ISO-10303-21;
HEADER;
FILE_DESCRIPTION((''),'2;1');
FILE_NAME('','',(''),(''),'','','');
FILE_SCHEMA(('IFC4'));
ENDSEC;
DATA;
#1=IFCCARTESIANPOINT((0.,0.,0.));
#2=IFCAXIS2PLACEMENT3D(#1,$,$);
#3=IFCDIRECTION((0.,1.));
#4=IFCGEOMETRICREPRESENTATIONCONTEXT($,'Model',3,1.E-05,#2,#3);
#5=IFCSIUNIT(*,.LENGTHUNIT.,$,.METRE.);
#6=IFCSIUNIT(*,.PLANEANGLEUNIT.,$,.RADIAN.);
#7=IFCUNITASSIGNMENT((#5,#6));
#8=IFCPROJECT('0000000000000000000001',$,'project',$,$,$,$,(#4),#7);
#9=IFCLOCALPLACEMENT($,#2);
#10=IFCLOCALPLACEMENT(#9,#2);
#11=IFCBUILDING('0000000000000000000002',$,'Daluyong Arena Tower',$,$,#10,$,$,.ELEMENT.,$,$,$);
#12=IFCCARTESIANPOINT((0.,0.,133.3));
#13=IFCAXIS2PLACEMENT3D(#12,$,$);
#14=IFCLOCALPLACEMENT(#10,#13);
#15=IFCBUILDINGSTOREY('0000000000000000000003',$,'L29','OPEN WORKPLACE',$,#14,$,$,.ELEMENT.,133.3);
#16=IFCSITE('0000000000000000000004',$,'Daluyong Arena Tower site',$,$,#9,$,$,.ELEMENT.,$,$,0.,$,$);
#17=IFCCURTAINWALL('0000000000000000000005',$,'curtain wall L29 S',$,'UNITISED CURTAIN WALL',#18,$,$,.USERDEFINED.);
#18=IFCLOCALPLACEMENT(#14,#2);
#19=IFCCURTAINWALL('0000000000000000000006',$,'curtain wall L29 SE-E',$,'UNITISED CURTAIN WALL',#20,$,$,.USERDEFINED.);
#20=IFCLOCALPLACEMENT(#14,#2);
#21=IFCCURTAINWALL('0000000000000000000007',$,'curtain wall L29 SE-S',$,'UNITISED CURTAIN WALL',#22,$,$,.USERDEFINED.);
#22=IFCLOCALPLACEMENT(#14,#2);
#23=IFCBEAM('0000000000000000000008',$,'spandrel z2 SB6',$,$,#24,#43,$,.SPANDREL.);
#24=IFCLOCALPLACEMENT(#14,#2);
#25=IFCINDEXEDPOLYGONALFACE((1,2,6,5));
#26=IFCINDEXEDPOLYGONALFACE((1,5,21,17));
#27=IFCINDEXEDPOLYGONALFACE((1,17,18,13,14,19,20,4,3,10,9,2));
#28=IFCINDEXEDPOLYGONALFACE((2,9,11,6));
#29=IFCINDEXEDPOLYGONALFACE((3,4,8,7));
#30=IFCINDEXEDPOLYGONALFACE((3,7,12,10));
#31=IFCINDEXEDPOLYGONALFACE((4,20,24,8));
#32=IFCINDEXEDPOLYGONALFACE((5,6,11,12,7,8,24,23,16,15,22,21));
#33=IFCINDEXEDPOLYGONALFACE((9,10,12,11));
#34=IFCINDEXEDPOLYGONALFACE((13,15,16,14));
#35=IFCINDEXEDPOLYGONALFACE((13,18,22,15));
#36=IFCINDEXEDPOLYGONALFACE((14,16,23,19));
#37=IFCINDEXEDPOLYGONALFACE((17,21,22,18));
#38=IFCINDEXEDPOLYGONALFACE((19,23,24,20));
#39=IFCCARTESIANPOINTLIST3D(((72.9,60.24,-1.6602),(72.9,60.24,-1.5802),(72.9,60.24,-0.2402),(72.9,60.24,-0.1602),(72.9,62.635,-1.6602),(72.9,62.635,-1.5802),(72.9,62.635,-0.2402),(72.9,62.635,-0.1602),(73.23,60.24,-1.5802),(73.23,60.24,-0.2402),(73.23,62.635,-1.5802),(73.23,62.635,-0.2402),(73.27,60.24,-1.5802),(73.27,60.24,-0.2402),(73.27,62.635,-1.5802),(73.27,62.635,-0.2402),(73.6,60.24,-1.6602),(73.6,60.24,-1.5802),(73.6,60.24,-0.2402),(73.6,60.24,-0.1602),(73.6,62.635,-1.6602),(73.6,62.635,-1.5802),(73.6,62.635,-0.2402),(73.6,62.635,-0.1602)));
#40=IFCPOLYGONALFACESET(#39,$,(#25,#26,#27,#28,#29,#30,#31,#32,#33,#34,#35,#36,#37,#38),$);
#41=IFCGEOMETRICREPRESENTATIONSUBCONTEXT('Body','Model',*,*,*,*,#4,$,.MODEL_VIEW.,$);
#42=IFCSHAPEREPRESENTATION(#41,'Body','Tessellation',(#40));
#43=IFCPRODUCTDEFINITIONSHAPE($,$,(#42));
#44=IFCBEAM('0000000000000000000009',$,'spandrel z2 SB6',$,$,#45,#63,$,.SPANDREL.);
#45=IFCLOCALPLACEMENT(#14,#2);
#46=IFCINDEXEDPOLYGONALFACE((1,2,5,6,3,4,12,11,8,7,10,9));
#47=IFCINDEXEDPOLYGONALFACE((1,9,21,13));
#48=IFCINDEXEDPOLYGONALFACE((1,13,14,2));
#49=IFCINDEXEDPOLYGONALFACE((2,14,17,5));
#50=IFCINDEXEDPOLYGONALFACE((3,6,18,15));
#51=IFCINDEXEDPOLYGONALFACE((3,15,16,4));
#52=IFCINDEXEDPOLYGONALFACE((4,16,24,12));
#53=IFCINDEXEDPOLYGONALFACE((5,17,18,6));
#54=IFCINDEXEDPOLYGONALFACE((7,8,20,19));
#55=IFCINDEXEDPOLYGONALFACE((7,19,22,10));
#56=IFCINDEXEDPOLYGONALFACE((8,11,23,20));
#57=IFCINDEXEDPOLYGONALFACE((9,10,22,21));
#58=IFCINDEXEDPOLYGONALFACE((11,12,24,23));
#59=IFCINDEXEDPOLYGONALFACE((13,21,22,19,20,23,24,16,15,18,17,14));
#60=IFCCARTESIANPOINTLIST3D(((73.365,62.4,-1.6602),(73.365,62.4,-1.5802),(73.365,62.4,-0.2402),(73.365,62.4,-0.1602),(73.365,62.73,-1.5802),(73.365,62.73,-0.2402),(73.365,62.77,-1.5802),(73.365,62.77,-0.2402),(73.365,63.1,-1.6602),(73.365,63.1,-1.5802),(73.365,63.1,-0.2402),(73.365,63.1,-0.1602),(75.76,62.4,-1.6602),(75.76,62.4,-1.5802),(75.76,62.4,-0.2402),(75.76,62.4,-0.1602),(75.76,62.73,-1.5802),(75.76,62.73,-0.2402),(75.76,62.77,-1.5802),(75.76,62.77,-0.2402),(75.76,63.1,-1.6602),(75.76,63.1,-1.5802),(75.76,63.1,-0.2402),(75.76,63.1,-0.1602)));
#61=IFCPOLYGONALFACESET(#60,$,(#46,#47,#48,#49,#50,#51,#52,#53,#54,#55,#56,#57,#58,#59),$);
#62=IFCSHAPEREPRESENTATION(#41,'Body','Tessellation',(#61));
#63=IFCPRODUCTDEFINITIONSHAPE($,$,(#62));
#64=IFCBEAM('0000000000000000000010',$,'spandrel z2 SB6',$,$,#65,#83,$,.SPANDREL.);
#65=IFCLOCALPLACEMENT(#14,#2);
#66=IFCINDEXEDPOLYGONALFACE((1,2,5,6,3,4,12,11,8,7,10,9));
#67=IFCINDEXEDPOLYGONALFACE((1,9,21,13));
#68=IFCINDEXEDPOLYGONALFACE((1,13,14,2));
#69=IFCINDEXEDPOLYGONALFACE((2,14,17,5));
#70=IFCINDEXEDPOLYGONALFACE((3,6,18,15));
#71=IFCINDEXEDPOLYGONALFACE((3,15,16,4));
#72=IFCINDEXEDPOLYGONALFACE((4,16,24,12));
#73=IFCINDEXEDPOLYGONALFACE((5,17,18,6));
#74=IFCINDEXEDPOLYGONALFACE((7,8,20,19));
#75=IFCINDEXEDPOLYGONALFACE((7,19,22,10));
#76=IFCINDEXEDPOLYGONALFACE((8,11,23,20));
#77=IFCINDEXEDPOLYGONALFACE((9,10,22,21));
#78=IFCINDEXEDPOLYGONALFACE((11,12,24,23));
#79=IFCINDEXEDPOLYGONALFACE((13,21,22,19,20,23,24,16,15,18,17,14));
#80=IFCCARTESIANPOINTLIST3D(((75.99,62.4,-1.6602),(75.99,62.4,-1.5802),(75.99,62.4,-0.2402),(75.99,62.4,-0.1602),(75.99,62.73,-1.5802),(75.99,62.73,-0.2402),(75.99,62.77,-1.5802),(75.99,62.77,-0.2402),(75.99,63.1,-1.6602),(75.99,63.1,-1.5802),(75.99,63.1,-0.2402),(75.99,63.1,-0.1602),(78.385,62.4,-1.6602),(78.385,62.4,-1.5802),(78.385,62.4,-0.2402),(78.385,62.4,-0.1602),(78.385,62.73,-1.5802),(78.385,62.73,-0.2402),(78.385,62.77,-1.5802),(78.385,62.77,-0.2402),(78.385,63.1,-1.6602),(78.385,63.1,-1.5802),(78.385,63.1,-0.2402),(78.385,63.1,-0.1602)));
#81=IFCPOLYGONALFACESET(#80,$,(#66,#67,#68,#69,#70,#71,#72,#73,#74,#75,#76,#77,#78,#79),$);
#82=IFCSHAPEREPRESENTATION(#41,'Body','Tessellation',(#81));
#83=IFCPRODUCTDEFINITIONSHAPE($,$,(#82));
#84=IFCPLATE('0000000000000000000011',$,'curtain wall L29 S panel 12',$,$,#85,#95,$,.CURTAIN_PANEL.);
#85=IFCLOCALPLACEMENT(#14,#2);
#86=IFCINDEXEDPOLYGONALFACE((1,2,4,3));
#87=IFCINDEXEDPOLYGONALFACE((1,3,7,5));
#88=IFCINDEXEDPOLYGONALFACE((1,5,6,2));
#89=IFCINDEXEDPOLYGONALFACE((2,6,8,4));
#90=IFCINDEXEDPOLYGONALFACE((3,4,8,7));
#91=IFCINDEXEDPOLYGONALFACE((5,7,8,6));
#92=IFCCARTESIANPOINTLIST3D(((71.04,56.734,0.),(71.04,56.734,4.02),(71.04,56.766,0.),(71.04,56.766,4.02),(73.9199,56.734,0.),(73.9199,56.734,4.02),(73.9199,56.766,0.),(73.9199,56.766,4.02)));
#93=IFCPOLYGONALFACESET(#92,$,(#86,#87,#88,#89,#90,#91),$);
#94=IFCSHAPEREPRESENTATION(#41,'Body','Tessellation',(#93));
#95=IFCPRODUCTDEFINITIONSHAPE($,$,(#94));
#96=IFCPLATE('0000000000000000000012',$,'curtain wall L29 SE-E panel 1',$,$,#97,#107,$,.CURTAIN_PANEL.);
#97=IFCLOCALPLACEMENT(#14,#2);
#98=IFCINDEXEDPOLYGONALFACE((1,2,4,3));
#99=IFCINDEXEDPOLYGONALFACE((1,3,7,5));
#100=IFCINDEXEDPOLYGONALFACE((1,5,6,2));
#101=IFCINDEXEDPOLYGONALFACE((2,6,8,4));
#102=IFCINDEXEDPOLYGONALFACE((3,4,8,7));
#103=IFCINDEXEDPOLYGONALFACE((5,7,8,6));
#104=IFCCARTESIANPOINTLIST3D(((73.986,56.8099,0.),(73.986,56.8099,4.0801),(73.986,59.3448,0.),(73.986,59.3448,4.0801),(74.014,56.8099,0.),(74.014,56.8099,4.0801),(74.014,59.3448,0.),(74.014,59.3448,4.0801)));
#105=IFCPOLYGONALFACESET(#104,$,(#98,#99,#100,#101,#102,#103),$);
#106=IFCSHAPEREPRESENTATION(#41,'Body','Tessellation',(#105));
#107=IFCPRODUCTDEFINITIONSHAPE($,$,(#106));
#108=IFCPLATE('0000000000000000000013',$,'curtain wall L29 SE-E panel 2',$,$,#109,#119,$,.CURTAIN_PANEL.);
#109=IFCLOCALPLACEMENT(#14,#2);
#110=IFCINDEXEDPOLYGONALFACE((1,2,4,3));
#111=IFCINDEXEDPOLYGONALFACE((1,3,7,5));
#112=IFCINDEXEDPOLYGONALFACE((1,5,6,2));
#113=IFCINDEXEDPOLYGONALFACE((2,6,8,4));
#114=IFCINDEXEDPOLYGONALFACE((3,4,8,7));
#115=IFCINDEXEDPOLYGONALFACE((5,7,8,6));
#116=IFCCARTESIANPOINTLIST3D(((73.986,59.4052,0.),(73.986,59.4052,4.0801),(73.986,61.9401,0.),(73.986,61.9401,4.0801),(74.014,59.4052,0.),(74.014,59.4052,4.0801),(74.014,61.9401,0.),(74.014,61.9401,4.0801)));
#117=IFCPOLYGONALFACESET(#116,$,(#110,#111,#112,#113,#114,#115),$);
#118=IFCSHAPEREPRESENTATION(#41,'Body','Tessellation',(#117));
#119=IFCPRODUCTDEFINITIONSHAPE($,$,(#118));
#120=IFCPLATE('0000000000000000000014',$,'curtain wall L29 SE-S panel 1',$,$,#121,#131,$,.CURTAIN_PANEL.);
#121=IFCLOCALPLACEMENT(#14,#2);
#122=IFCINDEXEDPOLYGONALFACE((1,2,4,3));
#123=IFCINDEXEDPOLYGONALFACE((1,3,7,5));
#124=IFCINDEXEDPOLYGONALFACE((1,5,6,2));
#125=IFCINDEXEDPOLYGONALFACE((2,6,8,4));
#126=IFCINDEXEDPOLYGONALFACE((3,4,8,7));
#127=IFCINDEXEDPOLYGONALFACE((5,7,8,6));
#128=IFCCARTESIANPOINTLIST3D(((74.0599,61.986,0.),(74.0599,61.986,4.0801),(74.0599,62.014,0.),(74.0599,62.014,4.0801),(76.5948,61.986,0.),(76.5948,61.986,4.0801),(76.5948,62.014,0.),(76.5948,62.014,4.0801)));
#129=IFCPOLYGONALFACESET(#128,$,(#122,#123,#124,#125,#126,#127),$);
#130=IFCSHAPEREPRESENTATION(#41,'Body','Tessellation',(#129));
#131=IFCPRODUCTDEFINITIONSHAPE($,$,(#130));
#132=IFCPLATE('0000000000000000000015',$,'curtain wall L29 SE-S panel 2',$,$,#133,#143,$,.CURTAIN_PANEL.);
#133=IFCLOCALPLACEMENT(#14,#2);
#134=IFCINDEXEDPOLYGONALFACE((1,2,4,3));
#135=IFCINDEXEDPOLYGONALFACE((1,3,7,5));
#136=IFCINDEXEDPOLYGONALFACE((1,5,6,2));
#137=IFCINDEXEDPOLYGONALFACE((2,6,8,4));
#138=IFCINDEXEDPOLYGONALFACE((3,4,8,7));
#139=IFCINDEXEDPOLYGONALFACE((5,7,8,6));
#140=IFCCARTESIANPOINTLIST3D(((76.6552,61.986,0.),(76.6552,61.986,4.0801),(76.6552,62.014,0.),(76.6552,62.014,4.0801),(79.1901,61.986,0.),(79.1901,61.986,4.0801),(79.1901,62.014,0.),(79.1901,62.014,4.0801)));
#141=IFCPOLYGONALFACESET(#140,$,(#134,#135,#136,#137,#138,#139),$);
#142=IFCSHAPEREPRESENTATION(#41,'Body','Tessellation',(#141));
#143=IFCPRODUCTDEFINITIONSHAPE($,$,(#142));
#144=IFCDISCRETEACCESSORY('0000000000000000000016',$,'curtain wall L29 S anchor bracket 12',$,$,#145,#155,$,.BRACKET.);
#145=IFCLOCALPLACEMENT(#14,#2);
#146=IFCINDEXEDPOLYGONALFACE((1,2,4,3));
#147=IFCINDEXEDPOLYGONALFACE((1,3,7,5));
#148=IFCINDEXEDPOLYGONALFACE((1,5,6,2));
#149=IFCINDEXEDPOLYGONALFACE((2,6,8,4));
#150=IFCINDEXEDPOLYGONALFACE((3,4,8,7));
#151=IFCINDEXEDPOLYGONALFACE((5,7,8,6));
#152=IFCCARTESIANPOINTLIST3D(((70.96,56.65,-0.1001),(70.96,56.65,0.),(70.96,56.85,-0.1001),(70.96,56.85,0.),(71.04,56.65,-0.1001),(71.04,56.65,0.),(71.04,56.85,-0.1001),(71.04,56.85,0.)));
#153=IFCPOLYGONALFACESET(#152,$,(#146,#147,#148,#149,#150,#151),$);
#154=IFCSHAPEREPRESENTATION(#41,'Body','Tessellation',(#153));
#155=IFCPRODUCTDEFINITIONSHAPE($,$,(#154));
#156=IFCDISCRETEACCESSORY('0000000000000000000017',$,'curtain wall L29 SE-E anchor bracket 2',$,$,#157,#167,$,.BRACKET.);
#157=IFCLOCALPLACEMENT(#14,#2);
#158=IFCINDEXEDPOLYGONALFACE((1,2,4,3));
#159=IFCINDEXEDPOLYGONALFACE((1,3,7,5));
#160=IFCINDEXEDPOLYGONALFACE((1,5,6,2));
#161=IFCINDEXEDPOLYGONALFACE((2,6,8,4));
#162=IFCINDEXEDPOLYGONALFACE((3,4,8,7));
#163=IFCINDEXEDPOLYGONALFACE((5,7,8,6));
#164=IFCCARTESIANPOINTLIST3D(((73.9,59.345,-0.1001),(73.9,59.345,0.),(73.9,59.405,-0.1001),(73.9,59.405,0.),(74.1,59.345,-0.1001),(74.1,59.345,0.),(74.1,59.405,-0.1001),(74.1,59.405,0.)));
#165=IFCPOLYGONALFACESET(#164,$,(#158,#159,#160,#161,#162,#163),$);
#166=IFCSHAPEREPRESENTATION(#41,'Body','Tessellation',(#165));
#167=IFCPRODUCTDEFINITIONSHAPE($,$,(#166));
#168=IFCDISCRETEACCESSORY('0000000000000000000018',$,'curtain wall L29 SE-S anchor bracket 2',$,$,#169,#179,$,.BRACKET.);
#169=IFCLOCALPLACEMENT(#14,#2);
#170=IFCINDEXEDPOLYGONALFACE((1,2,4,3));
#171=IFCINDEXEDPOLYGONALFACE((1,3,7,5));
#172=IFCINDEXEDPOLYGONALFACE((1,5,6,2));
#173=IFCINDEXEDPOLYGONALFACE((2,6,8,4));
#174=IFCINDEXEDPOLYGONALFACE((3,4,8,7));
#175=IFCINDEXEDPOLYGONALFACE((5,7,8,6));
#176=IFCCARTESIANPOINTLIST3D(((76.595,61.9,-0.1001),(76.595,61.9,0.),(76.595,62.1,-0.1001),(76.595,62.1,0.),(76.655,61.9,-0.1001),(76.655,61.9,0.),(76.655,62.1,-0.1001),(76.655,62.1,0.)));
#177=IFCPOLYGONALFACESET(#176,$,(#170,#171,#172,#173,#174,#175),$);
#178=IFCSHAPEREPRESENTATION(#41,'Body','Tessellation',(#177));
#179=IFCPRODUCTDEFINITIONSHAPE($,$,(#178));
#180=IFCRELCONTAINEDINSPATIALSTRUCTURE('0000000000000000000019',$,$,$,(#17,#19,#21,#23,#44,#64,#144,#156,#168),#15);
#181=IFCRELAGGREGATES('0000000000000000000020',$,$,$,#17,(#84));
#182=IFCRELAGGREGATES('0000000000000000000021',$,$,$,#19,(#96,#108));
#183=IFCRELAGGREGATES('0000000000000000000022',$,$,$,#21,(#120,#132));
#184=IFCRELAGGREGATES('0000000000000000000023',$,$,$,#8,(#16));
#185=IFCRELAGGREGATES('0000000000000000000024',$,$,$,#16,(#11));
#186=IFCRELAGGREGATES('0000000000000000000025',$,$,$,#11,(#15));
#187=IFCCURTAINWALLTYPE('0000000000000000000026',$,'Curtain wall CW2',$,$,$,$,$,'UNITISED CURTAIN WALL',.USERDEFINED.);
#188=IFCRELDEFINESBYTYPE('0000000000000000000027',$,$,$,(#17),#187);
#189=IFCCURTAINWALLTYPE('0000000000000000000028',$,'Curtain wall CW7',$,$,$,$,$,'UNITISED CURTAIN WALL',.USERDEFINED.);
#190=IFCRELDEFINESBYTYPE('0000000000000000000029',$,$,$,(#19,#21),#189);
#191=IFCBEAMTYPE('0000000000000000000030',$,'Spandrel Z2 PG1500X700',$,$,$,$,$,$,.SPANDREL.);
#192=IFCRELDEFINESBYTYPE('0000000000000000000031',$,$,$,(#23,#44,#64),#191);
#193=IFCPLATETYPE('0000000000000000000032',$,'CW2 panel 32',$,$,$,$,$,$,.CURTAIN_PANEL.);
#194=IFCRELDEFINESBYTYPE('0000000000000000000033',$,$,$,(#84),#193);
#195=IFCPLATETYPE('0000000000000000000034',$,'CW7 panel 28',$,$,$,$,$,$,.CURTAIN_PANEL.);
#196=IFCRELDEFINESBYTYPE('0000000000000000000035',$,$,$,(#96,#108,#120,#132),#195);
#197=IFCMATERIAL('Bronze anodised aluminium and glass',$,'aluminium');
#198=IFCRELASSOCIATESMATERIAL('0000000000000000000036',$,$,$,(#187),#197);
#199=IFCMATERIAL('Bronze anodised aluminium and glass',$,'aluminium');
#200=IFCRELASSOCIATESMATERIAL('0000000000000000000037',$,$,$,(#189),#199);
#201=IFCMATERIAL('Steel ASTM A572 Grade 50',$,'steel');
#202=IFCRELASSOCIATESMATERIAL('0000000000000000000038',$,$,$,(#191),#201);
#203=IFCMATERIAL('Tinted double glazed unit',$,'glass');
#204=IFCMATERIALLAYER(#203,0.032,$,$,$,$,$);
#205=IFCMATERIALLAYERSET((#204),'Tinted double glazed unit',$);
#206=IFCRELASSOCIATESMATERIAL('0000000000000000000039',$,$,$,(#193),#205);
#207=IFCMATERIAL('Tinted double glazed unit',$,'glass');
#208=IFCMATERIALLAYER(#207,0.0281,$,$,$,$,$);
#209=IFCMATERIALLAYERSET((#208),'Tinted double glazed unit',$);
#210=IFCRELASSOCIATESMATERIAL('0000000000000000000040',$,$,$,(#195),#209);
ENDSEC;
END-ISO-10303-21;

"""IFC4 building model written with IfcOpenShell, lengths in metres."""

from ifc_helpers import new_model, si_unit, direction, frame, origin, origin_2d, place, context, subcontext, project, spatial, rectangle, i_section, extrude, material, layer, layer_set, material_profile, profile_set, type_object, element, aggregate, save


model = new_model("IFC4")

# Units and contexts
model_context = context("Model", 3, precision=1e-05, world=origin(), true_north=direction((0.0, 1.0)))
body_context = subcontext(model_context, "Body", "Model", "MODEL_VIEW")
ifc_project = project(units=[si_unit("LENGTHUNIT", "METRE"), si_unit("PLANEANGLEUNIT", "RADIAN")], contexts=[model_context])

# Site, building, storey
site_placement = place(None, origin())
site = spatial("IfcSite", under=ifc_project, at=site_placement, Name="Daluyong Arena Tower site", CompositionType="ELEMENT", RefElevation=0.0)
building_placement = place(site_placement, origin())
building = spatial("IfcBuilding", under=site, at=building_placement, Name="Daluyong Arena Tower", CompositionType="ELEMENT")
storey_placement = place(building_placement, frame((0.0, 0.0, 133.3)))
storey = spatial("IfcBuildingStorey", under=building, at=storey_placement, Name="L29", Description="OPEN WORKPLACE", CompositionType="ELEMENT", Elevation=133.3)

# Curtain wall
ifc_material_1 = material(Name="Bronze anodised aluminium and glass", Category="aluminium")
curtain_wall_type_1 = type_object("IfcCurtainWallType", Name="Curtain wall CW2", ElementType="UNITISED CURTAIN WALL", PredefinedType="USERDEFINED", material=ifc_material_1)
curtain_wall_1_placement = place(storey_placement, origin())
curtain_wall_1 = element("IfcCurtainWall", 1, at=curtain_wall_1_placement, inside=storey, type_object=curtain_wall_type_1, Name="curtain wall L29 S", ObjectType="UNITISED CURTAIN WALL", PredefinedType="USERDEFINED")

# Curtain walls
ifc_material_2 = material(Name="Bronze anodised aluminium and glass", Category="aluminium")
curtain_wall_type_2 = type_object("IfcCurtainWallType", Name="Curtain wall CW7", ElementType="UNITISED CURTAIN WALL", PredefinedType="USERDEFINED", material=ifc_material_2)
curtain_wall_2_placement = place(storey_placement, origin())
curtain_wall_2 = element("IfcCurtainWall", 2, at=curtain_wall_2_placement, inside=storey, type_object=curtain_wall_type_2, Name="curtain wall L29 SE-E", ObjectType="UNITISED CURTAIN WALL", PredefinedType="USERDEFINED")
curtain_wall_3_placement = place(storey_placement, origin())
curtain_wall_3 = element("IfcCurtainWall", 3, at=curtain_wall_3_placement, inside=storey, type_object=curtain_wall_type_2, Name="curtain wall L29 SE-S", ObjectType="UNITISED CURTAIN WALL", PredefinedType="USERDEFINED")

# Beams
ifc_material_3 = material(Name="Steel ASTM A572 Grade 50", Category="steel")
ifc_material_profile_1 = material_profile(ifc_material_3, i_section(OverallWidth=0.7, OverallDepth=1.5, WebThickness=0.04, FlangeThickness=0.08, at=origin_2d()))
ifc_profile_set_1 = profile_set([ifc_material_profile_1], Name="Steel ASTM A572 Grade 50")
beam_type_1 = type_object("IfcBeamType", Name="Spandrel Z2 PG1500X700", PredefinedType="SPANDREL", material=ifc_profile_set_1)
for number, where, z_axis, x_axis, name in (
    (4, (73.25, 60.24, -0.9102), (0.0, 1.0, 0.0), (-1.0, 0.0, 0.0), "spandrel z2 SB6"),
    (5, (73.365, 62.75, -0.9102), (1.0, 0.0, 0.0), (0.0, 1.0, 0.0), "spandrel z2 SB6"),
    (6, (75.99, 62.75, -0.9102), (1.0, 0.0, 0.0), (0.0, 1.0, 0.0), "spandrel z2 SB6"),
):
    element("IfcBeam", number, at=place(storey_placement, frame(where, z_axis=z_axis, x_axis=x_axis)), inside=storey, type_object=beam_type_1, Name=name, PredefinedType="SPANDREL", context=body_context, shape_type="SweptSolid", body=[
        extrude(i_section(OverallWidth=0.7, OverallDepth=1.5, WebThickness=0.04, FlangeThickness=0.08, at=origin_2d()), origin(), (0.0, 0.0, 1.0), 2.395),
    ])

# Plates
ifc_material_4 = material(Name="Tinted double glazed unit", Category="glass")
ifc_layer_1 = layer(ifc_material_4, 0.032)
ifc_layer_set_1 = layer_set([ifc_layer_1], Name="Tinted double glazed unit")
plate_type_1 = type_object("IfcPlateType", Name="CW2 panel 32", PredefinedType="CURTAIN_PANEL", material=ifc_layer_set_1)
plate_1_placement = place(storey_placement, frame((72.48, 56.75, 0.0), z_axis=(0.0, 0.0, 1.0), x_axis=(1.0, 0.0, 0.0)))
plate_1 = element("IfcPlate", 7, at=plate_1_placement, type_object=plate_type_1, Name="curtain wall L29 S panel 12", PredefinedType="CURTAIN_PANEL", context=body_context, shape_type="SweptSolid", body=[
    extrude(rectangle(XDim=2.8799, YDim=0.032, at=origin_2d()), origin(), (0.0, 0.0, 1.0), 4.02),
])
aggregate(curtain_wall_1, [plate_1])
ifc_material_5 = material(Name="Tinted double glazed unit", Category="glass")
ifc_layer_2 = layer(ifc_material_5, 0.0281)
ifc_layer_set_2 = layer_set([ifc_layer_2], Name="Tinted double glazed unit")
plate_type_2 = type_object("IfcPlateType", Name="CW7 panel 28", PredefinedType="CURTAIN_PANEL", material=ifc_layer_set_2)
plate_2_placement = place(storey_placement, frame((74.0, 58.0774, 0.0), z_axis=(0.0, 0.0, 1.0), x_axis=(0.0, 1.0, 0.0)))
plate_2 = element("IfcPlate", 8, at=plate_2_placement, type_object=plate_type_2, Name="curtain wall L29 SE-E panel 1", PredefinedType="CURTAIN_PANEL", context=body_context, shape_type="SweptSolid", body=[
    extrude(rectangle(XDim=2.5349, YDim=0.0281, at=origin_2d()), origin(), (0.0, 0.0, 1.0), 4.0801),
])
plate_3_placement = place(storey_placement, frame((74.0, 60.6726, 0.0), z_axis=(0.0, 0.0, 1.0), x_axis=(0.0, 1.0, 0.0)))
plate_3 = element("IfcPlate", 9, at=plate_3_placement, type_object=plate_type_2, Name="curtain wall L29 SE-E panel 2", PredefinedType="CURTAIN_PANEL", context=body_context, shape_type="SweptSolid", body=[
    extrude(rectangle(XDim=2.5349, YDim=0.0281, at=origin_2d()), origin(), (0.0, 0.0, 1.0), 4.0801),
])
aggregate(curtain_wall_2, [plate_2, plate_3])
plate_4_placement = place(storey_placement, frame((75.3274, 62.0, 0.0), z_axis=(0.0, 0.0, 1.0), x_axis=(1.0, 0.0, 0.0)))
plate_4 = element("IfcPlate", 10, at=plate_4_placement, type_object=plate_type_2, Name="curtain wall L29 SE-S panel 1", PredefinedType="CURTAIN_PANEL", context=body_context, shape_type="SweptSolid", body=[
    extrude(rectangle(XDim=2.5349, YDim=0.0281, at=origin_2d()), origin(), (0.0, 0.0, 1.0), 4.0801),
])
plate_5_placement = place(storey_placement, frame((77.9226, 62.0, 0.0), z_axis=(0.0, 0.0, 1.0), x_axis=(1.0, 0.0, 0.0)))
plate_5 = element("IfcPlate", 11, at=plate_5_placement, type_object=plate_type_2, Name="curtain wall L29 SE-S panel 2", PredefinedType="CURTAIN_PANEL", context=body_context, shape_type="SweptSolid", body=[
    extrude(rectangle(XDim=2.5349, YDim=0.0281, at=origin_2d()), origin(), (0.0, 0.0, 1.0), 4.0801),
])
aggregate(curtain_wall_3, [plate_4, plate_5])

# Discrete accessories
discrete_accessory_placement = place(storey_placement, frame((71.0, 56.75, -0.1001), z_axis=(0.0, 0.0, 1.0), x_axis=(1.0, 0.0, 0.0)))
element("IfcDiscreteAccessory", 12, at=discrete_accessory_placement, inside=storey, Name="curtain wall L29 S anchor bracket 12", PredefinedType="BRACKET", context=body_context, shape_type="SweptSolid", body=[
    extrude(rectangle(XDim=0.0801, YDim=0.2, at=origin_2d()), origin(), (0.0, 0.0, 1.0), 0.1001),
])
for number, where, z_axis, x_axis, name in (
    (13, (74.0, 59.375, -0.1001), (0.0, 0.0, 1.0), (0.0, 1.0, 0.0), "curtain wall L29 SE-E anchor bracket 2"),
    (14, (76.625, 62.0, -0.1001), (0.0, 0.0, 1.0), (1.0, 0.0, 0.0), "curtain wall L29 SE-S anchor bracket 2"),
):
    element("IfcDiscreteAccessory", number, at=place(storey_placement, frame(where, z_axis=z_axis, x_axis=x_axis)), inside=storey, Name=name, PredefinedType="BRACKET", context=body_context, shape_type="SweptSolid", body=[
        extrude(rectangle(XDim=0.0601, YDim=0.2, at=origin_2d()), origin(), (0.0, 0.0, 1.0), 0.1001),
    ])

save(model, "model.ifc")
